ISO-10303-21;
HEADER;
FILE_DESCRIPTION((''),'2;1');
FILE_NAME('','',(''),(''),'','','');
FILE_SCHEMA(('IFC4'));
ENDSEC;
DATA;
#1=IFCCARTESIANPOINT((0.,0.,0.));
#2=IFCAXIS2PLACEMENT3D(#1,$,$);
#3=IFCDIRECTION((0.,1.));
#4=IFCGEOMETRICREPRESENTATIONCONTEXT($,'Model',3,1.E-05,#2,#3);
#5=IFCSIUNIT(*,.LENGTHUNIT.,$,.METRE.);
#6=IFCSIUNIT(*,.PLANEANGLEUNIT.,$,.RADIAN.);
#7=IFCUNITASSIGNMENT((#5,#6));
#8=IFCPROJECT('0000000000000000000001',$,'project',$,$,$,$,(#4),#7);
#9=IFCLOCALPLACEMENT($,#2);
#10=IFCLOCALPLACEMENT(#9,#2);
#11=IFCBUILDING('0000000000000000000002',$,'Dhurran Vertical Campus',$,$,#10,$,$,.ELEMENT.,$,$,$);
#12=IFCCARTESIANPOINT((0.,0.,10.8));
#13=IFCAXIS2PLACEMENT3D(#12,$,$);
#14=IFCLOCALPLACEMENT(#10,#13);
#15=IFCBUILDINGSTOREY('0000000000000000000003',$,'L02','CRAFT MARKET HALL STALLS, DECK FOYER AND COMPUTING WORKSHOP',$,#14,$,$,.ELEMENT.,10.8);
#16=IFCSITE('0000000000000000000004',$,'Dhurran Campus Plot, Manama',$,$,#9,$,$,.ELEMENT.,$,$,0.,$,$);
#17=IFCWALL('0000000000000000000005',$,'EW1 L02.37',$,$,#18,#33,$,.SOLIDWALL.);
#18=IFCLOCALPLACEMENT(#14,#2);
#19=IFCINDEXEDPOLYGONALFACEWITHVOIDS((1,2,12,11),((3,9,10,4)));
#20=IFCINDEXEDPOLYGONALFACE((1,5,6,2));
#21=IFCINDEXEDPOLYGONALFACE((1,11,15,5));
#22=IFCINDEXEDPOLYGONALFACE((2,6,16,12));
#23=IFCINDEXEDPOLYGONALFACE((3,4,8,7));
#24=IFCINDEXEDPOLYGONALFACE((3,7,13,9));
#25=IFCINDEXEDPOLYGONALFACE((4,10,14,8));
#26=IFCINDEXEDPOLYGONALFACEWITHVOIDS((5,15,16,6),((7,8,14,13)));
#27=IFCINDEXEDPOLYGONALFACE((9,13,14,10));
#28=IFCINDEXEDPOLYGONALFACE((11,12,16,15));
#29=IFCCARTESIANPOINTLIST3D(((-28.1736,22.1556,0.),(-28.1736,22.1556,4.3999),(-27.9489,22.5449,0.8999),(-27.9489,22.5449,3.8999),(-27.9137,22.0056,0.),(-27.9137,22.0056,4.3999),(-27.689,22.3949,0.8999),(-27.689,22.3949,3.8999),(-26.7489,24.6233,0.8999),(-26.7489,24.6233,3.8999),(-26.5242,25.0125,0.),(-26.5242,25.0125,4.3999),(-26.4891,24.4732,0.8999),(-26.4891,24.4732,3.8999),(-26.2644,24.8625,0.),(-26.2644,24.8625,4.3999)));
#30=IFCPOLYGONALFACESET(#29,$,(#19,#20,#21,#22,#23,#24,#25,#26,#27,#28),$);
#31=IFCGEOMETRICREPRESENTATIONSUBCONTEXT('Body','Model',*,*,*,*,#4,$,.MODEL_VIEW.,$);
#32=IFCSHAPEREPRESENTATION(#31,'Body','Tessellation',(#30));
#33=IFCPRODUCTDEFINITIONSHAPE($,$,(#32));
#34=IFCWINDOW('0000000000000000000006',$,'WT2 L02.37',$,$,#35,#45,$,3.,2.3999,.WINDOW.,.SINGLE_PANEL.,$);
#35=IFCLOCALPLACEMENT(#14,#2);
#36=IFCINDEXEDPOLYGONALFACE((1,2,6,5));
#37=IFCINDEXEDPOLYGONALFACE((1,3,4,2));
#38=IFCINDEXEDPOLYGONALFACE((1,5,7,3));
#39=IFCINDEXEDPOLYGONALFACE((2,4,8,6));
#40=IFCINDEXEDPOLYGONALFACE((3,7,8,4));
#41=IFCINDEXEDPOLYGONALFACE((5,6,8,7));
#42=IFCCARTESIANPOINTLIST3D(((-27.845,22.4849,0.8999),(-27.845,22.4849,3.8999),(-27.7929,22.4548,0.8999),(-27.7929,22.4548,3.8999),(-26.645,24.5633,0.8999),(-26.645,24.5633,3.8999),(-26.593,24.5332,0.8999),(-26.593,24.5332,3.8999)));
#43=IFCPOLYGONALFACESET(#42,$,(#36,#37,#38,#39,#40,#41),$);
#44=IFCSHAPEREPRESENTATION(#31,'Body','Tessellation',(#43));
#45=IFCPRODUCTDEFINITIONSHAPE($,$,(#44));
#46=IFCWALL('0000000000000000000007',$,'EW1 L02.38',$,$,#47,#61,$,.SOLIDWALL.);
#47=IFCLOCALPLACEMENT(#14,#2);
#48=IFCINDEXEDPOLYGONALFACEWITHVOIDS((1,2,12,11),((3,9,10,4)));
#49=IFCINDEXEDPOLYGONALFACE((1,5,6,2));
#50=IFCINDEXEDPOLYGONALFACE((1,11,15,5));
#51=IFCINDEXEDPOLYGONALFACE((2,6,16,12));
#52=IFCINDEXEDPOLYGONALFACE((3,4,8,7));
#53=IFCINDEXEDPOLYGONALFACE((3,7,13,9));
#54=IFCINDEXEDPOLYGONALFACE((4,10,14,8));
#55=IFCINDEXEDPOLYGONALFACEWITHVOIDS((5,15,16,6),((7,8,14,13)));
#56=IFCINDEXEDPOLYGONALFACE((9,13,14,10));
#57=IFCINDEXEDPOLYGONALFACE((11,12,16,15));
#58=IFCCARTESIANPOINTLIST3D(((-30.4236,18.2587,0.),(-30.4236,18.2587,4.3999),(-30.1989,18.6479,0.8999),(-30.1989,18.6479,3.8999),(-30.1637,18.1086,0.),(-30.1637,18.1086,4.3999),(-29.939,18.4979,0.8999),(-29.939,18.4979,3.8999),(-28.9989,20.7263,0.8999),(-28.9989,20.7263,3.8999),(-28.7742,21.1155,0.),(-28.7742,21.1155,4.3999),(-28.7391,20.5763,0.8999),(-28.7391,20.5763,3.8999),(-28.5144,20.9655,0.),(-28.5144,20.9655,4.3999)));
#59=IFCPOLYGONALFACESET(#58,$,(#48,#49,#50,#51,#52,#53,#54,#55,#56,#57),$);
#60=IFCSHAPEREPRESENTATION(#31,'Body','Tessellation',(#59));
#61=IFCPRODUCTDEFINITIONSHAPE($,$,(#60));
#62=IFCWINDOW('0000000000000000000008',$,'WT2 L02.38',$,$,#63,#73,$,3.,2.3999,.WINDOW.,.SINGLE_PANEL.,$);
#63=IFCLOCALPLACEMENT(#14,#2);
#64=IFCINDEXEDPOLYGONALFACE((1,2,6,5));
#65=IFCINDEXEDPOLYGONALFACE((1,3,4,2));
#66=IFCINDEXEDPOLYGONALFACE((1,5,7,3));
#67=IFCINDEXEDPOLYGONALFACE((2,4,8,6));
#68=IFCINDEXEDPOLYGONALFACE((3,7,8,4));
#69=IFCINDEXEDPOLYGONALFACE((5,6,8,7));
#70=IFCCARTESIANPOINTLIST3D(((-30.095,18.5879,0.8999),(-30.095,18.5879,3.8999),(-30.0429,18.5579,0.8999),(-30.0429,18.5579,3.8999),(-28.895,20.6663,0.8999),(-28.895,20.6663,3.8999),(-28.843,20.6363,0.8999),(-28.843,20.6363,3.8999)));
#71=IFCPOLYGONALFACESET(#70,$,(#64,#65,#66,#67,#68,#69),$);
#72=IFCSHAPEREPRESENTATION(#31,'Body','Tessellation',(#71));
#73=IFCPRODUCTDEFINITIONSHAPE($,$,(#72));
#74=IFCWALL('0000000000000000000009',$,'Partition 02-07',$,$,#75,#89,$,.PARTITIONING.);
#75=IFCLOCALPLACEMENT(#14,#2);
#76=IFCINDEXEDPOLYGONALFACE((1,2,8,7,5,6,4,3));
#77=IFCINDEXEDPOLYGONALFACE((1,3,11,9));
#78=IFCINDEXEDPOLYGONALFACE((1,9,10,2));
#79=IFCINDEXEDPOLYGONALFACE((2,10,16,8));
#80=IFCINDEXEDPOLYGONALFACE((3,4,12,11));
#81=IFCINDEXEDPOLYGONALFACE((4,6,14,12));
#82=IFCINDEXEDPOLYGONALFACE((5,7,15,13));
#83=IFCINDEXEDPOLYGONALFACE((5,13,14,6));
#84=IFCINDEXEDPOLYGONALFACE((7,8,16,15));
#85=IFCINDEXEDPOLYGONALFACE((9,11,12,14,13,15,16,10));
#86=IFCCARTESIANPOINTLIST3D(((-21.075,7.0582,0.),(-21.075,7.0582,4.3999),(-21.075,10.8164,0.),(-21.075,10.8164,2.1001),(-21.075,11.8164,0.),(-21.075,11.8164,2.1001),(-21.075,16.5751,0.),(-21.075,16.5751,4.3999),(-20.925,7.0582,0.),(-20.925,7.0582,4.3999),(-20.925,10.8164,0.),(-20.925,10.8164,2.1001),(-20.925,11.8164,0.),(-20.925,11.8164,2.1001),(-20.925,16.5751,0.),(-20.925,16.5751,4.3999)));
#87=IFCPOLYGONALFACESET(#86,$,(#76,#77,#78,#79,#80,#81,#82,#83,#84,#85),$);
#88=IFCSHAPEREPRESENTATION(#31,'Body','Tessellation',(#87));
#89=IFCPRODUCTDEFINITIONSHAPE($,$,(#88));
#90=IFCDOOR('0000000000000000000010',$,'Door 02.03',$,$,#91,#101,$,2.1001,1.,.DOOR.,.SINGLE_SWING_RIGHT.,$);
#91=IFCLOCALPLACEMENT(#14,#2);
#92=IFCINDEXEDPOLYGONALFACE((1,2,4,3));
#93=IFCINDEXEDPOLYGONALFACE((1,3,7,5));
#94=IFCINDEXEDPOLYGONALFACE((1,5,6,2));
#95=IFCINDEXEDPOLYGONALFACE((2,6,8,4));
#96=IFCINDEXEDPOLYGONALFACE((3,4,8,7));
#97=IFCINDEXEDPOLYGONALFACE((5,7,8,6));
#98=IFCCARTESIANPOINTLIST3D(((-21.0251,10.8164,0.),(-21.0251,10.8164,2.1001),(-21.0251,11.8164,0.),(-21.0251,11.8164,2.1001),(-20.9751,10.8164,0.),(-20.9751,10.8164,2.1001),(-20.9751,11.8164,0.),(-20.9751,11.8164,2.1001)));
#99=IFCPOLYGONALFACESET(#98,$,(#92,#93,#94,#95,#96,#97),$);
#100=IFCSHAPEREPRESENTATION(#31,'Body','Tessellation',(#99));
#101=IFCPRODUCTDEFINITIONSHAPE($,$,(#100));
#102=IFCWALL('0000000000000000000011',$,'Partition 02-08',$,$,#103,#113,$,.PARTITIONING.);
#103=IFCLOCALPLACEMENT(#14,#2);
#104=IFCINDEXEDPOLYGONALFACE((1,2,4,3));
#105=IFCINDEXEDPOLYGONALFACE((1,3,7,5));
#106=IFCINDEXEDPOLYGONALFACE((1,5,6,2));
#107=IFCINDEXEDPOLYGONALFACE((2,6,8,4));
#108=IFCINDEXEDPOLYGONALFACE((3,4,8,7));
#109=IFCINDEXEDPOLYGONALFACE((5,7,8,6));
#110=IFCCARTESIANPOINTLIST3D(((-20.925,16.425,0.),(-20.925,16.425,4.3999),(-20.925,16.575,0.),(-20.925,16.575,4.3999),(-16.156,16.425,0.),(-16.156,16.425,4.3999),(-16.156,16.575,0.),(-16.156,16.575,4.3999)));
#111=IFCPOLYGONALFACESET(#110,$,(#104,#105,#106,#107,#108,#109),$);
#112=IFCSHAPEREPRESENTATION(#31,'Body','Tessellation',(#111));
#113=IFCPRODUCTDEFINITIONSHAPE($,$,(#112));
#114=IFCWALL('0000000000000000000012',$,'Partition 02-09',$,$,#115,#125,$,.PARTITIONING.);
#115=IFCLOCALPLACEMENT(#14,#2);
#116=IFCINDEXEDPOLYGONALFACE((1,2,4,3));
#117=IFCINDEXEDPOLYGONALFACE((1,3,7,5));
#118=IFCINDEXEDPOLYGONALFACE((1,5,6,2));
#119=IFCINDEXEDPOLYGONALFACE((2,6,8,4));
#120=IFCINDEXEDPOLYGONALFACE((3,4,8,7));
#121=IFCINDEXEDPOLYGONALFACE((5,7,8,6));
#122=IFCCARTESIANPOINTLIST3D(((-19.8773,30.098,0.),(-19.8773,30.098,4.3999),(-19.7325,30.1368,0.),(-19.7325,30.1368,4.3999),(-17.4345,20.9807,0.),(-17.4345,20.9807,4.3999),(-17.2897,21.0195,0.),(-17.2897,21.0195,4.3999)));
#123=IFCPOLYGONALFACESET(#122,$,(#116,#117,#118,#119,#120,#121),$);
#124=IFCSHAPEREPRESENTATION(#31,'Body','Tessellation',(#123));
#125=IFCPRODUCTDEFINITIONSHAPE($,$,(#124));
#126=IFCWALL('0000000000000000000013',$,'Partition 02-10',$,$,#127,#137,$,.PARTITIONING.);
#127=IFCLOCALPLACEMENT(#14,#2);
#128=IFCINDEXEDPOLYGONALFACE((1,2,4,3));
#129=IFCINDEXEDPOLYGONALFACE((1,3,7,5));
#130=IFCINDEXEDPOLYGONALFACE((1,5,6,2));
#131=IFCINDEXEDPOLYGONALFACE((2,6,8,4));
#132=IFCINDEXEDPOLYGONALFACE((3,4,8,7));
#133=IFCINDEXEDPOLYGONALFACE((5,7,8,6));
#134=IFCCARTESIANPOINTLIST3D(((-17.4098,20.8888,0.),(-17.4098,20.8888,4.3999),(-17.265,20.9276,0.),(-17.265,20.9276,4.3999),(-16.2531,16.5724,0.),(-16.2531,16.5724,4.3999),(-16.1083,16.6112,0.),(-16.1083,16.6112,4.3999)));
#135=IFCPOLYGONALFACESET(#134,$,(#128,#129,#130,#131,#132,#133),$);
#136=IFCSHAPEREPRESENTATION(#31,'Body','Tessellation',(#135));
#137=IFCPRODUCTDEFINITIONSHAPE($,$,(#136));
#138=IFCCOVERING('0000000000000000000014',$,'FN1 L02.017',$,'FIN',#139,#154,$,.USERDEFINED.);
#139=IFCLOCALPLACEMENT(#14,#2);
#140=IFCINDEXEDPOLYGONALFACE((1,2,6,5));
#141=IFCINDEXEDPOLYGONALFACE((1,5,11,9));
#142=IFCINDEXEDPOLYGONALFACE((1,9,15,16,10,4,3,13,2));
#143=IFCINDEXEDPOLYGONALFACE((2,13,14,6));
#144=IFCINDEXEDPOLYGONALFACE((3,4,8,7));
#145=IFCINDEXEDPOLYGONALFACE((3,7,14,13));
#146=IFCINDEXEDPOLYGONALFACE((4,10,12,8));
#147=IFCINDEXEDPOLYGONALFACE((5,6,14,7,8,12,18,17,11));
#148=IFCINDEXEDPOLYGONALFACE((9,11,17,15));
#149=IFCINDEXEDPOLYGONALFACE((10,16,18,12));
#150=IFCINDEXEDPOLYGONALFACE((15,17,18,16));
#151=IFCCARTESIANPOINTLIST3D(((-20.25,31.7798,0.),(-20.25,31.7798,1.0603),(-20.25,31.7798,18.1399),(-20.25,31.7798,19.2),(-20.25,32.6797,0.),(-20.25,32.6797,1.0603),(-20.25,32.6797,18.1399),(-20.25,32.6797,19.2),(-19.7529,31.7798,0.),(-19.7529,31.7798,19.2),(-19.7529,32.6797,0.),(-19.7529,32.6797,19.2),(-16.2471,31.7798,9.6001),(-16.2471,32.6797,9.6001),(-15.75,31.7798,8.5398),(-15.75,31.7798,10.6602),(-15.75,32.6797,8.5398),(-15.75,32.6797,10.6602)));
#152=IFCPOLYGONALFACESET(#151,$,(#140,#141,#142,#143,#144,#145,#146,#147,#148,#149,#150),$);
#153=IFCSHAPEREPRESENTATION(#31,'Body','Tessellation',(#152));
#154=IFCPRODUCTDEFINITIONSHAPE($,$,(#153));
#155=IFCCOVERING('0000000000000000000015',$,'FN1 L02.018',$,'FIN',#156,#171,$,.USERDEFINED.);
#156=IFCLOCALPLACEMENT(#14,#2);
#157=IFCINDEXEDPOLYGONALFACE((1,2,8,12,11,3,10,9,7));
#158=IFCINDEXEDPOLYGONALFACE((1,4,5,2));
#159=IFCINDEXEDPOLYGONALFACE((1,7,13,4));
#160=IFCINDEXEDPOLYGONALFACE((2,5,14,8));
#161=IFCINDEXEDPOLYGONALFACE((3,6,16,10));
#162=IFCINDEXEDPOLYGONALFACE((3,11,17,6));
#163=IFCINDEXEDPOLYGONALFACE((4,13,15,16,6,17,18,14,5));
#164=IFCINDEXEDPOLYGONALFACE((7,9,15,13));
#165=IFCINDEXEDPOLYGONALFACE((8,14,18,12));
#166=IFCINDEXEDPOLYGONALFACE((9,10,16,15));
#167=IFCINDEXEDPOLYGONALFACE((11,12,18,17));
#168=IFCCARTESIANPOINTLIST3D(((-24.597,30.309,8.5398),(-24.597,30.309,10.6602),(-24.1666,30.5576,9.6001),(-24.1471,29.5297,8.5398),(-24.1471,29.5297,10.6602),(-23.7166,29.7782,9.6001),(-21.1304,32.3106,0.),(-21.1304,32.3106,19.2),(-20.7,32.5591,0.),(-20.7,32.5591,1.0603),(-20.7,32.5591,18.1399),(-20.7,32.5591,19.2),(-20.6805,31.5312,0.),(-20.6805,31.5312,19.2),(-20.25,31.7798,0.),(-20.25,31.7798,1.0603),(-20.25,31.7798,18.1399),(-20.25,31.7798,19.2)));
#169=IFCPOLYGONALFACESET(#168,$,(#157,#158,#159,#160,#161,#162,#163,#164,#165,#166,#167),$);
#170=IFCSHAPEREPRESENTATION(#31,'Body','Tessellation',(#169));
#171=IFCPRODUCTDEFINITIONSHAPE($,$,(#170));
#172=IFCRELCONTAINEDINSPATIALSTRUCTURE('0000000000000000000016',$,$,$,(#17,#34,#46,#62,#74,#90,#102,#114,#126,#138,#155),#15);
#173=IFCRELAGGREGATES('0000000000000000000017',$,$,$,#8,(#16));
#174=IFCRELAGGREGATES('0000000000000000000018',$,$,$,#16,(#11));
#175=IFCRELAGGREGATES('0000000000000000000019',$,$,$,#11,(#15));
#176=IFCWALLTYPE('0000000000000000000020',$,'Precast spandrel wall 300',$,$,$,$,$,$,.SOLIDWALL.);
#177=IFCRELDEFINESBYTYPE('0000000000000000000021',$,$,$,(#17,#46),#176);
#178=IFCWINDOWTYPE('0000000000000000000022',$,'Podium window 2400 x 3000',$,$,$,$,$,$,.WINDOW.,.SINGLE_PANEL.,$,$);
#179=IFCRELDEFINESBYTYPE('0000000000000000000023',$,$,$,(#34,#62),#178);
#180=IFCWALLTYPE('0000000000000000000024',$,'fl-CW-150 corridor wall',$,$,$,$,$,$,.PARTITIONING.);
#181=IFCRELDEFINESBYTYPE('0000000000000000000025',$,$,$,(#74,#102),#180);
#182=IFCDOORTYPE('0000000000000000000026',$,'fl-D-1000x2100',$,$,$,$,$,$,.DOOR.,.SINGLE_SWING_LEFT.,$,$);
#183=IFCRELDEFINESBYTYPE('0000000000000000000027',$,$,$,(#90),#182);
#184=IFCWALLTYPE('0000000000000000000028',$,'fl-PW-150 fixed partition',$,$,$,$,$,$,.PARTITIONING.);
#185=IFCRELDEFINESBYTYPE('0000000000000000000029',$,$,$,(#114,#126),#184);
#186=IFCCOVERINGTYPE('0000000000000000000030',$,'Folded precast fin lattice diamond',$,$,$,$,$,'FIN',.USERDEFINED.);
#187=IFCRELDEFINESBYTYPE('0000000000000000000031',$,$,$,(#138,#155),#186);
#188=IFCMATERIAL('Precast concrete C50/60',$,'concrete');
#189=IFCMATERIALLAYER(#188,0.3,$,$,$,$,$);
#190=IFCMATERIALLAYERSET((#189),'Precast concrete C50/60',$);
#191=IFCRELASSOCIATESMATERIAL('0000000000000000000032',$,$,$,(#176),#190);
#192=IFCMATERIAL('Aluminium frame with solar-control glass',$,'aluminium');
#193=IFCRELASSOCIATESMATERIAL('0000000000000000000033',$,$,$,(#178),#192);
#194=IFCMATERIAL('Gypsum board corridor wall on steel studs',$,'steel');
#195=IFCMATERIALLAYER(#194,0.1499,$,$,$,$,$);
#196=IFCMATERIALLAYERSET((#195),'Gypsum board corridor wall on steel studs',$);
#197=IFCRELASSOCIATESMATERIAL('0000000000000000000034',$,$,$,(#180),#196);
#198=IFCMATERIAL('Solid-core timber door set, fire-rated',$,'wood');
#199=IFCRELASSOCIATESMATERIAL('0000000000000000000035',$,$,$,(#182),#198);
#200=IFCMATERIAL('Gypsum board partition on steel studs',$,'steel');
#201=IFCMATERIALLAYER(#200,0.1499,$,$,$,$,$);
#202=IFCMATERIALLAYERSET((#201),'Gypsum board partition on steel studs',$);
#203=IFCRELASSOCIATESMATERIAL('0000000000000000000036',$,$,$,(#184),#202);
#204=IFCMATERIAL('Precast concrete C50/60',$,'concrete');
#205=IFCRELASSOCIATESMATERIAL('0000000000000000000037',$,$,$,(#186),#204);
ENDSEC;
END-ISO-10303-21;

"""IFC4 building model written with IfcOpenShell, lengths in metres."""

from ifc_helpers import new_model, si_unit, direction, frame, frame_2d, origin, place, context, subcontext, project, spatial, polyline, rectangle, outline, extrude, material, layer, layer_set, type_object, element, fill, save


model = new_model("IFC4")

# Units and contexts
model_context = context("Model", 3, precision=1e-05, world=origin(), true_north=direction((0.0, 1.0)))
body_context = subcontext(model_context, "Body", "Model", "MODEL_VIEW")
ifc_project = project(units=[si_unit("LENGTHUNIT", "METRE"), si_unit("PLANEANGLEUNIT", "RADIAN")], contexts=[model_context])

# Site, building, storey
site_placement = place(None, origin())
site = spatial("IfcSite", under=ifc_project, at=site_placement, Name="Dhurran Campus Plot, Manama", CompositionType="ELEMENT", RefElevation=0.0)
building_placement = place(site_placement, origin())
building = spatial("IfcBuilding", under=site, at=building_placement, Name="Dhurran Vertical Campus", CompositionType="ELEMENT")
storey_placement = place(building_placement, frame((0.0, 0.0, 10.8)))
storey = spatial("IfcBuildingStorey", under=building, at=storey_placement, Name="L02", Description="CRAFT MARKET HALL STALLS, DECK FOYER AND COMPUTING WORKSHOP", CompositionType="ELEMENT", Elevation=10.8)

# Walls, openings, windows
ifc_material_1 = material(Name="Precast concrete C50/60", Category="concrete")
ifc_layer_1 = layer(ifc_material_1, 0.3)
ifc_layer_set_1 = layer_set([ifc_layer_1], Name="Precast concrete C50/60")
wall_type_1 = type_object("IfcWallType", Name="Precast spandrel wall 300", PredefinedType="SOLIDWALL", material=ifc_layer_set_1)
ifc_material_2 = material(Name="Aluminium frame with solar-control glass", Category="aluminium")
window_type = type_object("IfcWindowType", Name="Podium window 2400 x 3000", PartitioningType="SINGLE_PANEL", PredefinedType="WINDOW", material=ifc_material_2)
wall_1_placement = place(storey_placement, frame((-26.3943, 24.9375, 0.0), z_axis=(0.0, 0.0, 1.0), x_axis=(-0.499992, -0.86603, 0.0)))
wall_1 = element("IfcWall", 1, at=wall_1_placement, inside=storey, type_object=wall_type_1, Name="EW1 L02.37", PredefinedType="SOLIDWALL", context=body_context, shape_type="SweptSolid", body=[
    extrude(rectangle(XDim=3.2988, YDim=0.3, at=frame_2d((1.6494, 0.0))), origin(), (0.0, 0.0, 1.0), 4.3999),
])
opening_1_placement = place(wall_1_placement, frame((0.4495, 0.0, 0.8999)))
opening_1 = element("IfcOpeningElement", 2, at=opening_1_placement, cuts=wall_1, PredefinedType="OPENING", context=body_context, shape_type="SweptSolid", body=[
    extrude(rectangle(XDim=2.3999, YDim=3.0, at=frame_2d((1.2, 1.5))), frame((0.0, 0.1599, 0.0), z_axis=(0.0, -1.0, 0.0), x_axis=(1.0, 0.0, 0.0)), (0.0, 0.0, 1.0), 0.3201),
])
window_1_placement = place(opening_1_placement, origin())
window_1 = element("IfcWindow", 3, at=window_1_placement, inside=storey, type_object=window_type, Name="WT2 L02.37", OverallHeight=3.0, OverallWidth=2.3999, PartitioningType="SINGLE_PANEL", PredefinedType="WINDOW", context=body_context, shape_type="SweptSolid", body=[
    extrude(rectangle(XDim=2.3999, YDim=3.0, at=frame_2d((1.2, 1.5))), frame((0.0, 0.03, 0.0), z_axis=(0.0, -1.0, 0.0), x_axis=(1.0, 0.0, 0.0)), (0.0, 0.0, 1.0), 0.0601),
])
fill(opening_1, window_1)
wall_2_placement = place(storey_placement, frame((-28.6443, 21.0405, 0.0), z_axis=(0.0, 0.0, 1.0), x_axis=(-0.499992, -0.86603, 0.0)))
wall_2 = element("IfcWall", 4, at=wall_2_placement, inside=storey, type_object=wall_type_1, Name="EW1 L02.38", PredefinedType="SOLIDWALL", context=body_context, shape_type="SweptSolid", body=[
    extrude(rectangle(XDim=3.2988, YDim=0.3, at=frame_2d((1.6494, 0.0))), origin(), (0.0, 0.0, 1.0), 4.3999),
])
opening_2_placement = place(wall_2_placement, frame((0.4495, 0.0, 0.8999)))
opening_2 = element("IfcOpeningElement", 5, at=opening_2_placement, cuts=wall_2, PredefinedType="OPENING", context=body_context, shape_type="SweptSolid", body=[
    extrude(rectangle(XDim=2.3999, YDim=3.0, at=frame_2d((1.2, 1.5))), frame((0.0, 0.1599, 0.0), z_axis=(0.0, -1.0, 0.0), x_axis=(1.0, 0.0, 0.0)), (0.0, 0.0, 1.0), 0.3201),
])
window_2_placement = place(opening_2_placement, origin())
window_2 = element("IfcWindow", 6, at=window_2_placement, inside=storey, type_object=window_type, Name="WT2 L02.38", OverallHeight=3.0, OverallWidth=2.3999, PartitioningType="SINGLE_PANEL", PredefinedType="WINDOW", context=body_context, shape_type="SweptSolid", body=[
    extrude(rectangle(XDim=2.3999, YDim=3.0, at=frame_2d((1.2, 1.5))), frame((0.0, 0.03, 0.0), z_axis=(0.0, -1.0, 0.0), x_axis=(1.0, 0.0, 0.0)), (0.0, 0.0, 1.0), 0.0601),
])
fill(opening_2, window_2)

# Wall, opening, door
ifc_material_3 = material(Name="Gypsum board corridor wall on steel studs", Category="steel")
ifc_layer_2 = layer(ifc_material_3, 0.1499)
ifc_layer_set_2 = layer_set([ifc_layer_2], Name="Gypsum board corridor wall on steel studs")
wall_type_2 = type_object("IfcWallType", Name="fl-CW-150 corridor wall", PredefinedType="PARTITIONING", material=ifc_layer_set_2)
wall_3_placement = place(storey_placement, frame((-21.0, 16.575, 0.0), z_axis=(0.0, 0.0, 1.0), x_axis=(0.0, -1.0, 0.0)))
wall_3 = element("IfcWall", 7, at=wall_3_placement, inside=storey, type_object=wall_type_2, Name="Partition 02-07", PredefinedType="PARTITIONING", context=body_context, shape_type="SweptSolid", body=[
    extrude(rectangle(XDim=9.5168, YDim=0.1499, at=frame_2d((4.7583, 0.0))), origin(), (0.0, 0.0, 1.0), 4.3999),
])
opening_3_placement = place(wall_3_placement, frame((4.7585, 0.0, 0.0)))
opening_3 = element("IfcOpeningElement", 8, at=opening_3_placement, cuts=wall_3, PredefinedType="OPENING", context=body_context, shape_type="SweptSolid", body=[
    extrude(rectangle(XDim=1.0, YDim=2.1001, at=frame_2d((0.5, 1.05))), frame((0.0, 0.085, 0.0), z_axis=(0.0, -1.0, 0.0), x_axis=(1.0, 0.0, 0.0)), (0.0, 0.0, 1.0), 0.1699),
])
ifc_material_4 = material(Name="Solid-core timber door set, fire-rated", Category="wood")
door_type_1 = type_object("IfcDoorType", Name="fl-D-1000x2100", OperationType="SINGLE_SWING_LEFT", PredefinedType="DOOR", material=ifc_material_4)
door_1_placement = place(opening_3_placement, origin())
door_1 = element("IfcDoor", 9, at=door_1_placement, inside=storey, type_object=door_type_1, Name="Door 02.03", OperationType="SINGLE_SWING_RIGHT", OverallHeight=2.1001, OverallWidth=1.0, PredefinedType="DOOR", context=body_context, shape_type="SweptSolid", body=[
    extrude(rectangle(XDim=1.0, YDim=2.1001, at=frame_2d((0.5, 1.05))), frame((0.0, 0.0249, 0.0), z_axis=(0.0, -1.0, 0.0), x_axis=(1.0, 0.0, 0.0)), (0.0, 0.0, 1.0), 0.05),
])
fill(opening_3, door_1)

# Walls
wall_4_placement = place(storey_placement, frame((-16.156, 16.5, 0.0), z_axis=(0.0, 0.0, 1.0), x_axis=(-1.0, 0.0, 0.0)))
element("IfcWall", 10, at=wall_4_placement, inside=storey, type_object=wall_type_2, Name="Partition 02-08", PredefinedType="PARTITIONING", context=body_context, shape_type="SweptSolid", body=[
    extrude(rectangle(XDim=4.769, YDim=0.1499, at=frame_2d((2.3845, 0.0))), origin(), (0.0, 0.0, 1.0), 4.3999),
])
ifc_material_5 = material(Name="Gypsum board partition on steel studs", Category="steel")
ifc_layer_3 = layer(ifc_material_5, 0.1499)
ifc_layer_set_3 = layer_set([ifc_layer_3], Name="Gypsum board partition on steel studs")
wall_type_3 = type_object("IfcWallType", Name="fl-PW-150 fixed partition", PredefinedType="PARTITIONING", material=ifc_layer_set_3)
wall_5_placement = place(storey_placement, frame((-19.8049, 30.1174, 0.0), z_axis=(0.0, 0.0, 1.0), x_axis=(0.258805, -0.965929, 0.0)))
element("IfcWall", 11, at=wall_5_placement, inside=storey, type_object=wall_type_3, Name="Partition 02-09", PredefinedType="PARTITIONING", context=body_context, shape_type="SweptSolid", body=[
    extrude(rectangle(XDim=9.439, YDim=0.1499, at=frame_2d((4.7195, 0.0))), origin(), (0.0, 0.0, 1.0), 4.3999),
])
wall_6_placement = place(storey_placement, frame((-17.3374, 20.9082, 0.0), z_axis=(0.0, 0.0, 1.0), x_axis=(0.258853, -0.965917, 0.0)))
element("IfcWall", 12, at=wall_6_placement, inside=storey, type_object=wall_type_3, Name="Partition 02-10", PredefinedType="PARTITIONING", context=body_context, shape_type="SweptSolid", body=[
    extrude(rectangle(XDim=4.4688, YDim=0.1499, at=frame_2d((2.2344, 0.0))), origin(), (0.0, 0.0, 1.0), 4.3999),
])

# Coverings
ifc_material_6 = material(Name="Precast concrete C50/60", Category="concrete")
covering_type = type_object("IfcCoveringType", Name="Folded precast fin lattice diamond", ElementType="FIN", PredefinedType="USERDEFINED", material=ifc_material_6)
covering_1_placement = place(storey_placement, frame((-15.75, 31.7798, 0.0), z_axis=(0.0, 1.0, 0.0), x_axis=(-1.0, 0.0, 0.0)))
element("IfcCovering", 13, at=covering_1_placement, inside=storey, type_object=covering_type, Name="FN1 L02.017", ObjectType="FIN", PredefinedType="USERDEFINED", context=body_context, shape_type="SweptSolid", body=[
    extrude(outline(polyline([(4.0029, 0.0), (0.0, 8.5398), (0.0, 10.6602), (4.0029, 19.2), (4.5, 19.2), (4.5, 18.1399), (0.4971, 9.6001), (4.5, 1.0603), (4.5, 0.0), (4.0029, 0.0)])), origin(), (0.0, 0.0, 1.0), 0.8999),
])
covering_2_placement = place(storey_placement, frame((-20.25, 31.7798, 0.0), z_axis=(-0.50002, 0.866014, 0.0), x_axis=(-0.866014, -0.50002, 0.0)))
element("IfcCovering", 14, at=covering_2_placement, inside=storey, type_object=covering_type, Name="FN1 L02.018", ObjectType="FIN", PredefinedType="USERDEFINED", context=body_context, shape_type="SweptSolid", body=[
    extrude(outline(polyline([(4.5, 8.5398), (0.4971, 0.0), (0.0, 0.0), (0.0, 1.0603), (4.0029, 9.6001), (0.0, 18.1399), (0.0, 19.2), (0.4971, 19.2), (4.5, 10.6602), (4.5, 8.5398)])), origin(), (0.0, 0.0, 1.0), 0.8999),
])

save(model, "model.ifc")
